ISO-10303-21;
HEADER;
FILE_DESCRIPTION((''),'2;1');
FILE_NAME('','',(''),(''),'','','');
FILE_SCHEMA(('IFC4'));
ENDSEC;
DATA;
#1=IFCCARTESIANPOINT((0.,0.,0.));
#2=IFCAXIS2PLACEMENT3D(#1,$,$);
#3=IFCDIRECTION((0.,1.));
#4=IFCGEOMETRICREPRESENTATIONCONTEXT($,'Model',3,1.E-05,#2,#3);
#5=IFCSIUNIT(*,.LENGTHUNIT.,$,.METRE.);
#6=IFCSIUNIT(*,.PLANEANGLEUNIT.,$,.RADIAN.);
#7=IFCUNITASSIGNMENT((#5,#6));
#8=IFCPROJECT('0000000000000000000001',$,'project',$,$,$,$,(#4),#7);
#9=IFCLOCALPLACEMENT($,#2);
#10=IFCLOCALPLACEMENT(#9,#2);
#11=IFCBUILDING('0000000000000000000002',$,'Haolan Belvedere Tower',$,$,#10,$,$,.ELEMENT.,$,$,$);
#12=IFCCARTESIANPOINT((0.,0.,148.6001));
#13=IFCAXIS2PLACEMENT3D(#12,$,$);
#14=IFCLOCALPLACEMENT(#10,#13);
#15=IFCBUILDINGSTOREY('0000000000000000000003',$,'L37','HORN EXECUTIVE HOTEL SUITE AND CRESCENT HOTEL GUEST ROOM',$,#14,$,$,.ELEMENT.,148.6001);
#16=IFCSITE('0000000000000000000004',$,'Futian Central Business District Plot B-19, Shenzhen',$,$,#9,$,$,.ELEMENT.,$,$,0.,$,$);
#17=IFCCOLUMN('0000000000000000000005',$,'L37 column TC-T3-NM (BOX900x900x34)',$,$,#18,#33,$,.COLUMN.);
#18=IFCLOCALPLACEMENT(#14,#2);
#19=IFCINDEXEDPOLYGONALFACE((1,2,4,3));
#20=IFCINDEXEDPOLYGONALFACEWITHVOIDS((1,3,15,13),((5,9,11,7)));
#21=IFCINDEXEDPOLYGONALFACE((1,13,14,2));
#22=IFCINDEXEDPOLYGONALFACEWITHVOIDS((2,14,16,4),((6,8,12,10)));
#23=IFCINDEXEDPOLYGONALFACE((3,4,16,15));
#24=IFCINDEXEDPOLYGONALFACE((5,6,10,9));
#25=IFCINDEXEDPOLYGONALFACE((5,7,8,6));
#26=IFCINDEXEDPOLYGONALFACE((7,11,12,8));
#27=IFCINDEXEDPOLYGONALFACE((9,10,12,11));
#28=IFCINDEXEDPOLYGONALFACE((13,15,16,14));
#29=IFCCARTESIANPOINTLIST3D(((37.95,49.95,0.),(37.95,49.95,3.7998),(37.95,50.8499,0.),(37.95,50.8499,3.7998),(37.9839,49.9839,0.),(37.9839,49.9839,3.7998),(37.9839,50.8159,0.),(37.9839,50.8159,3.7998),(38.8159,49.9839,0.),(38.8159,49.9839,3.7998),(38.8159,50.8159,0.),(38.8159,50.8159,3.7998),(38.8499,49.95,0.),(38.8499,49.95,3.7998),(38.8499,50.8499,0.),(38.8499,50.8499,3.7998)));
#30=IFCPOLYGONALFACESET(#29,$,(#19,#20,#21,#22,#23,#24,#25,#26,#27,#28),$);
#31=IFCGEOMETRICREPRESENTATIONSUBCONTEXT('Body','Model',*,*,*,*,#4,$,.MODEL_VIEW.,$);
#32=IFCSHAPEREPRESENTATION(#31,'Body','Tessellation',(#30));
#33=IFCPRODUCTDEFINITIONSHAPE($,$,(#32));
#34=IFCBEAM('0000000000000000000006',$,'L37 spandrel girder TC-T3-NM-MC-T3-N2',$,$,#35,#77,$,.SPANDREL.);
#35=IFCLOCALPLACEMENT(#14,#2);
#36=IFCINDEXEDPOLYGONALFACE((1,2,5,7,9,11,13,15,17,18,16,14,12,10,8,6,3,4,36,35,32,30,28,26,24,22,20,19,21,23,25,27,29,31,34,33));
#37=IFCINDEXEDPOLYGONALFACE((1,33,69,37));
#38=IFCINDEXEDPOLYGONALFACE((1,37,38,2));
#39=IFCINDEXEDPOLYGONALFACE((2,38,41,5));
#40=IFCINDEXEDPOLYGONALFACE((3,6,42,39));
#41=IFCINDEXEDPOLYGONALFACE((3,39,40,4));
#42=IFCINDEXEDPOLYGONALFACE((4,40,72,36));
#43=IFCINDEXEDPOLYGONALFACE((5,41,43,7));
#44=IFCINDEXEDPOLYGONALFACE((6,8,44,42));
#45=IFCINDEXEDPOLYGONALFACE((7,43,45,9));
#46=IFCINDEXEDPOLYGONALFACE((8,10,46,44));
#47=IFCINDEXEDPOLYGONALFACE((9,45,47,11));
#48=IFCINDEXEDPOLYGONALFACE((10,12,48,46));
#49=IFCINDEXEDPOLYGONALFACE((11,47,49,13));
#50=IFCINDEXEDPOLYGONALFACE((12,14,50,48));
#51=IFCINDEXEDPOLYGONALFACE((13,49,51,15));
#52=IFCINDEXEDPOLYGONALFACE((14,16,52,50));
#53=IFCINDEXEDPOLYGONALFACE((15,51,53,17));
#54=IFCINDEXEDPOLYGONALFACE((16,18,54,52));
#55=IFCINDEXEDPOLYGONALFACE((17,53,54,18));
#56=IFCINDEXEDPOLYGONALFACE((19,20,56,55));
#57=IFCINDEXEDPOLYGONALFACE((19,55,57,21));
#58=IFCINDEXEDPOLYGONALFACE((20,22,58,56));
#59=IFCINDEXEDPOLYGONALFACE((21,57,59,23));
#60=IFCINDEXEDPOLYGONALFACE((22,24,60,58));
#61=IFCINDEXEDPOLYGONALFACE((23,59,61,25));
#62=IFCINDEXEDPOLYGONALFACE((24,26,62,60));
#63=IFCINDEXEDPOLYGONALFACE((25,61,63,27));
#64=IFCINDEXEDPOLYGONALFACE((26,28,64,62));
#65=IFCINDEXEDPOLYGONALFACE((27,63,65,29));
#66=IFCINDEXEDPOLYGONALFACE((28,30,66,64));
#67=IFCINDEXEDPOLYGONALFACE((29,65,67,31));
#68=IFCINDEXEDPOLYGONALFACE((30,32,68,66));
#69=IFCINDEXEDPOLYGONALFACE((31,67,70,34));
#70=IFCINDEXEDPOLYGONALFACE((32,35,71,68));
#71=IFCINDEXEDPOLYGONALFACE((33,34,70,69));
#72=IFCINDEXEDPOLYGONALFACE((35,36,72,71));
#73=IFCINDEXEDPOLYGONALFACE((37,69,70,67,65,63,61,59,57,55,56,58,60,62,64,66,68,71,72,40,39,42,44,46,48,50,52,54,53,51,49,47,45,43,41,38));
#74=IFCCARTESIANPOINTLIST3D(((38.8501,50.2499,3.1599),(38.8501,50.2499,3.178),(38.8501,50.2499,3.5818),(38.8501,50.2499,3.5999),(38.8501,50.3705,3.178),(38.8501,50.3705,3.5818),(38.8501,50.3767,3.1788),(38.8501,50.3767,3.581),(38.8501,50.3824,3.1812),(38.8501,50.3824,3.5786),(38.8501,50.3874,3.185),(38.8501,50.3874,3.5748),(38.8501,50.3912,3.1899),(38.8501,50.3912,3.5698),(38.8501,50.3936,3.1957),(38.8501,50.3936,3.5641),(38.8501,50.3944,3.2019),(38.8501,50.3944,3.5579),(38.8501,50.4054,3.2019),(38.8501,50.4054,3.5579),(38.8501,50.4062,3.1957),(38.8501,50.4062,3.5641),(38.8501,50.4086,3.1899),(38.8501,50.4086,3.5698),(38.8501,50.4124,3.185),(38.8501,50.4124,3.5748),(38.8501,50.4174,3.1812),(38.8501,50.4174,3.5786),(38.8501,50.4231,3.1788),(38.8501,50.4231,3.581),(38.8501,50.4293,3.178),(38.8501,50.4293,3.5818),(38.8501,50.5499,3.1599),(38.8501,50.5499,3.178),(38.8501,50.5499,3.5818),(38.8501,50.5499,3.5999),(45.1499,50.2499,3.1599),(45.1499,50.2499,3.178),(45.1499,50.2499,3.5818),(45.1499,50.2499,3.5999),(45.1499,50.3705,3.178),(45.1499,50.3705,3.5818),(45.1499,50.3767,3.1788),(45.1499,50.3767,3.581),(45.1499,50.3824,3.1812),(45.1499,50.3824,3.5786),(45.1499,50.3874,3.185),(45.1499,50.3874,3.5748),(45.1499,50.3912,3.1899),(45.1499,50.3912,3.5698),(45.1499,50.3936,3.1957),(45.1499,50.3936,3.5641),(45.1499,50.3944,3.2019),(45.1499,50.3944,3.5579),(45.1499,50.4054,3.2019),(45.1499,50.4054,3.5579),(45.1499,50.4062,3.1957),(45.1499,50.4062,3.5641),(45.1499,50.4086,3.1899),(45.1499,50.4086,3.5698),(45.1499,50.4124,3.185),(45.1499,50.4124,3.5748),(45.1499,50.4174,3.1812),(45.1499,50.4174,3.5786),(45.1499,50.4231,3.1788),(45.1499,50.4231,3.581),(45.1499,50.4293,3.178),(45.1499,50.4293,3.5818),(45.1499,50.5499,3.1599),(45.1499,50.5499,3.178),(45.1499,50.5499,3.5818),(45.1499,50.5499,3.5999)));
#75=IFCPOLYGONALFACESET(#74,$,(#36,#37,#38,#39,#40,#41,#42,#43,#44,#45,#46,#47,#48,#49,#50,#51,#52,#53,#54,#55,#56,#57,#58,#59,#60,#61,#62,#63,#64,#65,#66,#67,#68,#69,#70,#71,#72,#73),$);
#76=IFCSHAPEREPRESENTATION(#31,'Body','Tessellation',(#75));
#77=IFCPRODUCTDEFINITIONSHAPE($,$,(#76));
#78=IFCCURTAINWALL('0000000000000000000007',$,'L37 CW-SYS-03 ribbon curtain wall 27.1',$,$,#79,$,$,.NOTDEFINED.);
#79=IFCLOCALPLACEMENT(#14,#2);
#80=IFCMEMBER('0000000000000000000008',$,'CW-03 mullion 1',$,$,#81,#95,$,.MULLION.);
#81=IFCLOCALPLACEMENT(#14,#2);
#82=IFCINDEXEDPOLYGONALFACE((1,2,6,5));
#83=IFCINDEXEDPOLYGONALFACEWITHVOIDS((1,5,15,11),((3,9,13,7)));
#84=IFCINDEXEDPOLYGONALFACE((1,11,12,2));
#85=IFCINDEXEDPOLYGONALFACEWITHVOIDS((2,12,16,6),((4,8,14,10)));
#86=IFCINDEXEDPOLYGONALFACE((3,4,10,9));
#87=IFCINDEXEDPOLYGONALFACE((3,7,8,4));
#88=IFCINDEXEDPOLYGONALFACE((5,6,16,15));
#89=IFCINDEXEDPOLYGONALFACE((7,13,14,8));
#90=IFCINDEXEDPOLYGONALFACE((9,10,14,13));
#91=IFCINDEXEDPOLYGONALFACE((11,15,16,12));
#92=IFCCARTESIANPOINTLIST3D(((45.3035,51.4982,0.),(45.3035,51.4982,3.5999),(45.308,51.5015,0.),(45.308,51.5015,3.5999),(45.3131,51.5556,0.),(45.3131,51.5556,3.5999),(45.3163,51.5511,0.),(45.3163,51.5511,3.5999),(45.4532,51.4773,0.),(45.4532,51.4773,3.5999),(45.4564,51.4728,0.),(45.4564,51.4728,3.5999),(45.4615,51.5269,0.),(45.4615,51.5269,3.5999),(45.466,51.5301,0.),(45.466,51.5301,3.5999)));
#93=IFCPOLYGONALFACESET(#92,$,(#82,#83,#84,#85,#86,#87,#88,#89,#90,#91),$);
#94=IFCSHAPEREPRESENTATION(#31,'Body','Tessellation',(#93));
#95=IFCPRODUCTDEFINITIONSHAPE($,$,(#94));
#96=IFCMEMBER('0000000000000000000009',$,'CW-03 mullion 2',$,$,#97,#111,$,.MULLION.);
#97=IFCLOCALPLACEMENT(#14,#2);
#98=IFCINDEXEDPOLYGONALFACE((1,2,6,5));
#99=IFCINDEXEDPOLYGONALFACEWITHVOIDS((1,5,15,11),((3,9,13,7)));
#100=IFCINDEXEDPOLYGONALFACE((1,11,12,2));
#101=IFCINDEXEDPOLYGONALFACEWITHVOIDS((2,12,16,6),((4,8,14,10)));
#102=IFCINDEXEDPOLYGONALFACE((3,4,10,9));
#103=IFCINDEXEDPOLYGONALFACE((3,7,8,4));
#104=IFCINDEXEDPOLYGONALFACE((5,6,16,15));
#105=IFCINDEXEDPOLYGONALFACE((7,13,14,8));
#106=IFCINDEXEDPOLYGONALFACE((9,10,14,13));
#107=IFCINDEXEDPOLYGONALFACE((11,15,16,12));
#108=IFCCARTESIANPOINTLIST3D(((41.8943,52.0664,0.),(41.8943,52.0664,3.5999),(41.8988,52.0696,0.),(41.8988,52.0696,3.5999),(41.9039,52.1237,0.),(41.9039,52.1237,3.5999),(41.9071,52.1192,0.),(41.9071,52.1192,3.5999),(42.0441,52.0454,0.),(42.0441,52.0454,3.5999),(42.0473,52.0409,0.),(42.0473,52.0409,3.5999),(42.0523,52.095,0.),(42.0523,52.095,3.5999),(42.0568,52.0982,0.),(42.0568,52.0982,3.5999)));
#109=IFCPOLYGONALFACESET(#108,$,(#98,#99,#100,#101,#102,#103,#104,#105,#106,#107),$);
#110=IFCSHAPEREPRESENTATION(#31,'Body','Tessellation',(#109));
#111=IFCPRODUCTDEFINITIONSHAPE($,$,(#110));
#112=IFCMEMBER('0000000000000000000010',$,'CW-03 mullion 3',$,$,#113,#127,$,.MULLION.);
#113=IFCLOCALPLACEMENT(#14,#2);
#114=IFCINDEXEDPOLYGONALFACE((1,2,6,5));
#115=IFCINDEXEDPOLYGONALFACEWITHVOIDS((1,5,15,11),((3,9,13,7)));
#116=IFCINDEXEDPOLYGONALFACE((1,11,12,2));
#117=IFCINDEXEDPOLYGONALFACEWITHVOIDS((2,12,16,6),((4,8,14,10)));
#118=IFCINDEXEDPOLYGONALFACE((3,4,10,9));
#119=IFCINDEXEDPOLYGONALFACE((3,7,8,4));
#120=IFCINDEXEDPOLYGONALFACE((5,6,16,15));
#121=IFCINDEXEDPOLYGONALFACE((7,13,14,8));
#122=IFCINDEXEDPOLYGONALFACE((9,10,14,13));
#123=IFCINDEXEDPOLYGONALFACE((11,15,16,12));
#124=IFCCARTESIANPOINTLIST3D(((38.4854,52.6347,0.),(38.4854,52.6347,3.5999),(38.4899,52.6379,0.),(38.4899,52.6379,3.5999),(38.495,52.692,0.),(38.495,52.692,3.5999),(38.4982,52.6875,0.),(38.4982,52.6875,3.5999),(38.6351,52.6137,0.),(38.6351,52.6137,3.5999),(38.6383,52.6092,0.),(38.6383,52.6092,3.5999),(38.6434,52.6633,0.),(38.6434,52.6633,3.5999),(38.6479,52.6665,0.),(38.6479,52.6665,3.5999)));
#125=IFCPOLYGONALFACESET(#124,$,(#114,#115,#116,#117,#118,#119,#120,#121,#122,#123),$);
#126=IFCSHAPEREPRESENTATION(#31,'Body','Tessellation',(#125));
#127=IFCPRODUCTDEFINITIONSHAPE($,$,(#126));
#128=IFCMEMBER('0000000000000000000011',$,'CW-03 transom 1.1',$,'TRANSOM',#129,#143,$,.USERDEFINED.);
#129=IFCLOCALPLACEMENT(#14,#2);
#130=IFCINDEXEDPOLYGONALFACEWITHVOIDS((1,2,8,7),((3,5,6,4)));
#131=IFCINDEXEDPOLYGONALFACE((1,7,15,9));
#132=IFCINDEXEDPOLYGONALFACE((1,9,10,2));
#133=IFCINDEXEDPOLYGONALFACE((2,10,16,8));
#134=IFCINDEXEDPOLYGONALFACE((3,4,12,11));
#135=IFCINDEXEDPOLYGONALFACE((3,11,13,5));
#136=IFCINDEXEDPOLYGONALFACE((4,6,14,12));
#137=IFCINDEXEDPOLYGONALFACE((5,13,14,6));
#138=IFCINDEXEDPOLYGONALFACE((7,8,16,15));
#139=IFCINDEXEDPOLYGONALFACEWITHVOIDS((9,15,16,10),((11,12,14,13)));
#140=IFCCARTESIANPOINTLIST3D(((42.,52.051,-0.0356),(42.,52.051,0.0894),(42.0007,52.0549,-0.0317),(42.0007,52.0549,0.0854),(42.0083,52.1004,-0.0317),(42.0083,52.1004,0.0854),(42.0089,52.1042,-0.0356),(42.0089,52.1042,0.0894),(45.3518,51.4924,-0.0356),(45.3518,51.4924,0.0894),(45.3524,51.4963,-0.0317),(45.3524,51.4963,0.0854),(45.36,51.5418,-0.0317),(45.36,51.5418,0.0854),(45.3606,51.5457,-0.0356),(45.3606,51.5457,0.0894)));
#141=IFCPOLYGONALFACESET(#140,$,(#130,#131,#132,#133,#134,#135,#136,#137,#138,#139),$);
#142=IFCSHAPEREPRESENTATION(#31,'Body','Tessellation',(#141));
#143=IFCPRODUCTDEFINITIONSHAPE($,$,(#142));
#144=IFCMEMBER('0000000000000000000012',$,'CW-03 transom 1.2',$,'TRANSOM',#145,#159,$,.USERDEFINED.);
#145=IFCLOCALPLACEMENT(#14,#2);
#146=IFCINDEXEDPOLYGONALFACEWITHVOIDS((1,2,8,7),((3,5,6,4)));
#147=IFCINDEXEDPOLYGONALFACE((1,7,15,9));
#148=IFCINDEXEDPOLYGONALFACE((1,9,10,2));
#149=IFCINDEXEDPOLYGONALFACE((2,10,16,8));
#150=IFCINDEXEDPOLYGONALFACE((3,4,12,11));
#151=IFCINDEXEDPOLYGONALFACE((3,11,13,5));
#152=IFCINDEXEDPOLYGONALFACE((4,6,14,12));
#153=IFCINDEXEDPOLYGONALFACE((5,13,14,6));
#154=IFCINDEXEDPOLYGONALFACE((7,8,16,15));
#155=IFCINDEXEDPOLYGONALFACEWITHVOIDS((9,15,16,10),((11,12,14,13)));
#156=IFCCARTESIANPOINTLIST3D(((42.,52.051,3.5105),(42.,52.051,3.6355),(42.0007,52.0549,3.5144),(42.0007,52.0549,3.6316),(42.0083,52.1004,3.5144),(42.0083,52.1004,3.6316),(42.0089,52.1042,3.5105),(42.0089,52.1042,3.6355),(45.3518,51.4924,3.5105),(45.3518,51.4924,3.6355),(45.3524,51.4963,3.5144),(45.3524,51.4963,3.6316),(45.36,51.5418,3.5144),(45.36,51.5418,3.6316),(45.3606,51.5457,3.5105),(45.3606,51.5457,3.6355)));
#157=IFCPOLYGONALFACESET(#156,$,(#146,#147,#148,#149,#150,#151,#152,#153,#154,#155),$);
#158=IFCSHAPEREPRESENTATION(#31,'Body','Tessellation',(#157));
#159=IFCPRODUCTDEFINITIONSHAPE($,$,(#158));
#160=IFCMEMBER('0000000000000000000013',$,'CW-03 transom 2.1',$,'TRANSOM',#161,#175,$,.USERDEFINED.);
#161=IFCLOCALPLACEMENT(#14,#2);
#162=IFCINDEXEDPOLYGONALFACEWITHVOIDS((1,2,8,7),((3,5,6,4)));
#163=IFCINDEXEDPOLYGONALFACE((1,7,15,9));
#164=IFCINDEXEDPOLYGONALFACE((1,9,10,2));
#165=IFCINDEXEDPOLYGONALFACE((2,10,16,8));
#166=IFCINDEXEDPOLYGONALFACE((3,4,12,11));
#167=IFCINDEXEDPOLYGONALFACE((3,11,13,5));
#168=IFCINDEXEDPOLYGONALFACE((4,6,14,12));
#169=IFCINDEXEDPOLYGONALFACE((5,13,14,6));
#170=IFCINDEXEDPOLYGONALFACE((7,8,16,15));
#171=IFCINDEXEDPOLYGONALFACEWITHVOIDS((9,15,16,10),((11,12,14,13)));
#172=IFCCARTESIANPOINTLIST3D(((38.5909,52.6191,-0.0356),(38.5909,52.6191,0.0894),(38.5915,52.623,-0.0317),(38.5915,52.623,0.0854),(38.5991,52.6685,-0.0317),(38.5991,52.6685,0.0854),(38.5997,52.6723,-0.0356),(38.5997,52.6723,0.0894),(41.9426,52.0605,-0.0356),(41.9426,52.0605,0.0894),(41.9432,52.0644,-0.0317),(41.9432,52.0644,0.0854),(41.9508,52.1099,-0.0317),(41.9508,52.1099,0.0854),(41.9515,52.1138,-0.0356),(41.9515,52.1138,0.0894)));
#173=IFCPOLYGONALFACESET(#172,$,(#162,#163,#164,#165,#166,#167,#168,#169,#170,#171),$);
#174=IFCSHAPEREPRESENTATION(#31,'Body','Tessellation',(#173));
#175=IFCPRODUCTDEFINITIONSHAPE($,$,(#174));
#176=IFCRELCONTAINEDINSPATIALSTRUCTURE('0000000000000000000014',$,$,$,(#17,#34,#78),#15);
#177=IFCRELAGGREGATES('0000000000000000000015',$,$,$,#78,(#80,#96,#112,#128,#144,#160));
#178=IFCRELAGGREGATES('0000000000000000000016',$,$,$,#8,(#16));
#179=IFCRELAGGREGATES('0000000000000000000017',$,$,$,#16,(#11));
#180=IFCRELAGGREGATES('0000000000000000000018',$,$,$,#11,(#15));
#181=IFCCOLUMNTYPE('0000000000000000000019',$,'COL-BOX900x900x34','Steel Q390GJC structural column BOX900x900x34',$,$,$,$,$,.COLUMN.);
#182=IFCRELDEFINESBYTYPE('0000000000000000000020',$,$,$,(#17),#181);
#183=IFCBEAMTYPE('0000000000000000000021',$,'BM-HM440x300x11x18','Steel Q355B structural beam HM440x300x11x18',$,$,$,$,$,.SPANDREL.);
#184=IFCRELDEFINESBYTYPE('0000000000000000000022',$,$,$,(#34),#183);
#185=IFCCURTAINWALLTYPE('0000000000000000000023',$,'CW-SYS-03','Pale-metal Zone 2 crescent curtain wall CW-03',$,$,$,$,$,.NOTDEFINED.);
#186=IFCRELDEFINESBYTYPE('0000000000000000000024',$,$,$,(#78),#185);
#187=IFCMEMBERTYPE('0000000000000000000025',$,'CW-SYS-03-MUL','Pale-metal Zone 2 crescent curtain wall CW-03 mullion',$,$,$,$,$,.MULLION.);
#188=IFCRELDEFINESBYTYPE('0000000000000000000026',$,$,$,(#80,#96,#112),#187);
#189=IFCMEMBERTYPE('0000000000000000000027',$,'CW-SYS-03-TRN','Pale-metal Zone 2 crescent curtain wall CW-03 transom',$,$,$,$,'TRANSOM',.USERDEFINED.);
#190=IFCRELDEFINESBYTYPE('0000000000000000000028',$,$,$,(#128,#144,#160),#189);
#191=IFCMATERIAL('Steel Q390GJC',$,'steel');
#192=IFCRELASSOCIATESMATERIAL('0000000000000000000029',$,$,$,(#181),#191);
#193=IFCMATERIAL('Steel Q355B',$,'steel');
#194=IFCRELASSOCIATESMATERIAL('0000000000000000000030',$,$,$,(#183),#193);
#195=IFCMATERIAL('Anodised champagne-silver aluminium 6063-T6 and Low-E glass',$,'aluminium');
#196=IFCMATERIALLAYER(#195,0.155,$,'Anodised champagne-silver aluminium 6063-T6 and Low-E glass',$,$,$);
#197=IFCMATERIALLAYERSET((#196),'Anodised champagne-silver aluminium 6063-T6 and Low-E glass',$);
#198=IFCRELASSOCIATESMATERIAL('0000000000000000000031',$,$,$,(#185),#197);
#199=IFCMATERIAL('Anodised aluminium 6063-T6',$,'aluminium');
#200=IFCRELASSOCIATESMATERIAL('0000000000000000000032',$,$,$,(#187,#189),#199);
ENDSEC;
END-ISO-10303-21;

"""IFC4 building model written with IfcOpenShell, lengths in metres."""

from ifc_helpers import new_model, si_unit, direction, frame, origin, origin_2d, place, context, subcontext, project, spatial, hollow_rectangle, i_section, extrude, material, layer, layer_set, material_profile, profile_set, type_object, element, aggregate, save


model = new_model("IFC4")

# Units and contexts
model_context = context("Model", 3, precision=1e-05, world=origin(), true_north=direction((0.0, 1.0)))
body_context = subcontext(model_context, "Body", "Model", "MODEL_VIEW")
ifc_project = project(units=[si_unit("LENGTHUNIT", "METRE"), si_unit("PLANEANGLEUNIT", "RADIAN")], contexts=[model_context])

# Site, building, storey
site_placement = place(None, origin())
site = spatial("IfcSite", under=ifc_project, at=site_placement, Name="Futian Central Business District Plot B-19, Shenzhen", CompositionType="ELEMENT", RefElevation=0.0)
building_placement = place(site_placement, origin())
building = spatial("IfcBuilding", under=site, at=building_placement, Name="Haolan Belvedere Tower", CompositionType="ELEMENT")
storey_placement = place(building_placement, frame((0.0, 0.0, 148.6001)))
storey = spatial("IfcBuildingStorey", under=building, at=storey_placement, Name="L37", Description="HORN EXECUTIVE HOTEL SUITE AND CRESCENT HOTEL GUEST ROOM", CompositionType="ELEMENT", Elevation=148.6001)

# Column
ifc_material_1 = material(Name="Steel Q390GJC", Category="steel")
ifc_material_profile_1 = material_profile(ifc_material_1, hollow_rectangle(XDim=0.8999, YDim=0.8999, WallThickness=0.0339, at=origin_2d()), Name="Steel Q390GJC")
ifc_profile_set_1 = profile_set([ifc_material_profile_1], Name="Steel Q390GJC")
column_type = type_object("IfcColumnType", Name="COL-BOX900x900x34", Description="Steel Q390GJC structural column BOX900x900x34", PredefinedType="COLUMN", material=ifc_profile_set_1)
column_placement = place(storey_placement, frame((38.3999, 50.3999, 0.0), z_axis=(0.0, 0.0, 1.0), x_axis=(1.0, 0.0, 0.0)))
element("IfcColumn", 1, at=column_placement, inside=storey, type_object=column_type, Name="L37 column TC-T3-NM (BOX900x900x34)", PredefinedType="COLUMN", context=body_context, shape_type="SweptSolid", body=[
    extrude(hollow_rectangle(XDim=0.8999, YDim=0.8999, WallThickness=0.0339, at=origin_2d()), origin(), (0.0, 0.0, 1.0), 3.7998),
])

# Beam
ifc_material_2 = material(Name="Steel Q355B", Category="steel")
ifc_material_profile_2 = material_profile(ifc_material_2, i_section(OverallWidth=0.3, OverallDepth=0.4399, WebThickness=0.011, FlangeThickness=0.0181, FilletRadius=0.0239, at=origin_2d()), Name="Steel Q355B")
ifc_profile_set_2 = profile_set([ifc_material_profile_2], Name="Steel Q355B")
beam_type = type_object("IfcBeamType", Name="BM-HM440x300x11x18", Description="Steel Q355B structural beam HM440x300x11x18", PredefinedType="SPANDREL", material=ifc_profile_set_2)
beam_placement = place(storey_placement, frame((38.8501, 50.3999, 3.3799), z_axis=(1.0, 0.0, 0.0), x_axis=(0.0, 1.0, 0.0)))
element("IfcBeam", 2, at=beam_placement, inside=storey, type_object=beam_type, Name="L37 spandrel girder TC-T3-NM-MC-T3-N2", PredefinedType="SPANDREL", context=body_context, shape_type="SweptSolid", body=[
    extrude(i_section(OverallWidth=0.3, OverallDepth=0.4399, WebThickness=0.011, FlangeThickness=0.0181, FilletRadius=0.0239, at=origin_2d()), origin(), (0.0, 0.0, 1.0), 6.2998),
])

# Curtain wall, members
ifc_material_3 = material(Name="Anodised champagne-silver aluminium 6063-T6 and Low-E glass", Category="aluminium")
ifc_layer_1 = layer(ifc_material_3, 0.155, Name="Anodised champagne-silver aluminium 6063-T6 and Low-E glass")
ifc_layer_set_1 = layer_set([ifc_layer_1], Name="Anodised champagne-silver aluminium 6063-T6 and Low-E glass")
curtain_wall_type = type_object("IfcCurtainWallType", Name="CW-SYS-03", Description="Pale-metal Zone 2 crescent curtain wall CW-03", PredefinedType="NOTDEFINED", material=ifc_layer_set_1)
curtain_wall_placement = place(storey_placement, origin())
curtain_wall = element("IfcCurtainWall", 3, at=curtain_wall_placement, inside=storey, type_object=curtain_wall_type, Name="L37 CW-SYS-03 ribbon curtain wall 27.1", PredefinedType="NOTDEFINED")
ifc_material_4 = material(Name="Anodised aluminium 6063-T6", Category="aluminium")
ifc_material_profile_3 = material_profile(ifc_material_4, hollow_rectangle(XDim=0.0581, YDim=0.155, WallThickness=0.0039, at=origin_2d()), Name="Anodised aluminium 6063-T6")
ifc_profile_set_3 = profile_set([ifc_material_profile_3], Name="Anodised aluminium 6063-T6")
member_type_1 = type_object("IfcMemberType", Name="CW-SYS-03-MUL", Description="Pale-metal Zone 2 crescent curtain wall CW-03 mullion", PredefinedType="MULLION", material=ifc_profile_set_3)
member_1_placement = place(storey_placement, frame((45.3848, 51.5142, 0.0), z_axis=(0.0, 0.0, 1.0), x_axis=(-0.164404, -0.986393, 0.0)))
member_1 = element("IfcMember", 4, at=member_1_placement, type_object=member_type_1, Name="CW-03 mullion 1", PredefinedType="MULLION", context=body_context, shape_type="SweptSolid", body=[
    extrude(hollow_rectangle(XDim=0.0581, YDim=0.155, WallThickness=0.0039, at=origin_2d()), origin(), (0.0, 0.0, 1.0), 3.5999),
])
member_2_placement = place(storey_placement, frame((41.9756, 52.0823, 0.0), z_axis=(0.0, 0.0, 1.0), x_axis=(-0.164404, -0.986393, 0.0)))
member_2 = element("IfcMember", 5, at=member_2_placement, type_object=member_type_1, Name="CW-03 mullion 2", PredefinedType="MULLION", context=body_context, shape_type="SweptSolid", body=[
    extrude(hollow_rectangle(XDim=0.0581, YDim=0.155, WallThickness=0.0039, at=origin_2d()), origin(), (0.0, 0.0, 1.0), 3.5999),
])
member_3_placement = place(storey_placement, frame((38.5667, 52.6506, 0.0), z_axis=(0.0, 0.0, 1.0), x_axis=(-0.164404, -0.986393, 0.0)))
member_3 = element("IfcMember", 6, at=member_3_placement, type_object=member_type_1, Name="CW-03 mullion 3", PredefinedType="MULLION", context=body_context, shape_type="SweptSolid", body=[
    extrude(hollow_rectangle(XDim=0.0581, YDim=0.155, WallThickness=0.0039, at=origin_2d()), origin(), (0.0, 0.0, 1.0), 3.5999),
])
ifc_material_profile_4 = material_profile(ifc_material_4, hollow_rectangle(XDim=0.054, YDim=0.125, WallThickness=0.0039, at=origin_2d()), Name="Anodised aluminium 6063-T6")
ifc_profile_set_4 = profile_set([ifc_material_profile_4], Name="Anodised aluminium 6063-T6")
member_type_2 = type_object("IfcMemberType", Name="CW-SYS-03-TRN", Description="Pale-metal Zone 2 crescent curtain wall CW-03 transom", ElementType="TRANSOM", PredefinedType="USERDEFINED", material=ifc_profile_set_4)
member_4_placement = place(storey_placement, frame((45.3562, 51.519, 0.0269), z_axis=(-0.986396, 0.164387, 0.0), x_axis=(-0.164387, -0.986396, 0.0)))
member_4 = element("IfcMember", 7, at=member_4_placement, type_object=member_type_2, Name="CW-03 transom 1.1", ObjectType="TRANSOM", PredefinedType="USERDEFINED", context=body_context, shape_type="SweptSolid", body=[
    extrude(hollow_rectangle(XDim=0.054, YDim=0.125, WallThickness=0.0039, at=origin_2d()), origin(), (0.0, 0.0, 1.0), 3.3979),
])
member_5_placement = place(storey_placement, frame((45.3562, 51.519, 3.573), z_axis=(-0.986396, 0.164387, 0.0), x_axis=(-0.164387, -0.986396, 0.0)))
member_5 = element("IfcMember", 8, at=member_5_placement, type_object=member_type_2, Name="CW-03 transom 1.2", ObjectType="TRANSOM", PredefinedType="USERDEFINED", context=body_context, shape_type="SweptSolid", body=[
    extrude(hollow_rectangle(XDim=0.054, YDim=0.125, WallThickness=0.0039, at=origin_2d()), origin(), (0.0, 0.0, 1.0), 3.3979),
])
member_6_placement = place(storey_placement, frame((41.947, 52.0872, 0.0269), z_axis=(-0.986396, 0.164387, 0.0), x_axis=(-0.164387, -0.986396, 0.0)))
member_6 = element("IfcMember", 9, at=member_6_placement, type_object=member_type_2, Name="CW-03 transom 2.1", ObjectType="TRANSOM", PredefinedType="USERDEFINED", context=body_context, shape_type="SweptSolid", body=[
    extrude(hollow_rectangle(XDim=0.054, YDim=0.125, WallThickness=0.0039, at=origin_2d()), origin(), (0.0, 0.0, 1.0), 3.3979),
])
aggregate(curtain_wall, [member_1, member_2, member_3, member_4, member_5, member_6])

save(model, "model.ifc")
